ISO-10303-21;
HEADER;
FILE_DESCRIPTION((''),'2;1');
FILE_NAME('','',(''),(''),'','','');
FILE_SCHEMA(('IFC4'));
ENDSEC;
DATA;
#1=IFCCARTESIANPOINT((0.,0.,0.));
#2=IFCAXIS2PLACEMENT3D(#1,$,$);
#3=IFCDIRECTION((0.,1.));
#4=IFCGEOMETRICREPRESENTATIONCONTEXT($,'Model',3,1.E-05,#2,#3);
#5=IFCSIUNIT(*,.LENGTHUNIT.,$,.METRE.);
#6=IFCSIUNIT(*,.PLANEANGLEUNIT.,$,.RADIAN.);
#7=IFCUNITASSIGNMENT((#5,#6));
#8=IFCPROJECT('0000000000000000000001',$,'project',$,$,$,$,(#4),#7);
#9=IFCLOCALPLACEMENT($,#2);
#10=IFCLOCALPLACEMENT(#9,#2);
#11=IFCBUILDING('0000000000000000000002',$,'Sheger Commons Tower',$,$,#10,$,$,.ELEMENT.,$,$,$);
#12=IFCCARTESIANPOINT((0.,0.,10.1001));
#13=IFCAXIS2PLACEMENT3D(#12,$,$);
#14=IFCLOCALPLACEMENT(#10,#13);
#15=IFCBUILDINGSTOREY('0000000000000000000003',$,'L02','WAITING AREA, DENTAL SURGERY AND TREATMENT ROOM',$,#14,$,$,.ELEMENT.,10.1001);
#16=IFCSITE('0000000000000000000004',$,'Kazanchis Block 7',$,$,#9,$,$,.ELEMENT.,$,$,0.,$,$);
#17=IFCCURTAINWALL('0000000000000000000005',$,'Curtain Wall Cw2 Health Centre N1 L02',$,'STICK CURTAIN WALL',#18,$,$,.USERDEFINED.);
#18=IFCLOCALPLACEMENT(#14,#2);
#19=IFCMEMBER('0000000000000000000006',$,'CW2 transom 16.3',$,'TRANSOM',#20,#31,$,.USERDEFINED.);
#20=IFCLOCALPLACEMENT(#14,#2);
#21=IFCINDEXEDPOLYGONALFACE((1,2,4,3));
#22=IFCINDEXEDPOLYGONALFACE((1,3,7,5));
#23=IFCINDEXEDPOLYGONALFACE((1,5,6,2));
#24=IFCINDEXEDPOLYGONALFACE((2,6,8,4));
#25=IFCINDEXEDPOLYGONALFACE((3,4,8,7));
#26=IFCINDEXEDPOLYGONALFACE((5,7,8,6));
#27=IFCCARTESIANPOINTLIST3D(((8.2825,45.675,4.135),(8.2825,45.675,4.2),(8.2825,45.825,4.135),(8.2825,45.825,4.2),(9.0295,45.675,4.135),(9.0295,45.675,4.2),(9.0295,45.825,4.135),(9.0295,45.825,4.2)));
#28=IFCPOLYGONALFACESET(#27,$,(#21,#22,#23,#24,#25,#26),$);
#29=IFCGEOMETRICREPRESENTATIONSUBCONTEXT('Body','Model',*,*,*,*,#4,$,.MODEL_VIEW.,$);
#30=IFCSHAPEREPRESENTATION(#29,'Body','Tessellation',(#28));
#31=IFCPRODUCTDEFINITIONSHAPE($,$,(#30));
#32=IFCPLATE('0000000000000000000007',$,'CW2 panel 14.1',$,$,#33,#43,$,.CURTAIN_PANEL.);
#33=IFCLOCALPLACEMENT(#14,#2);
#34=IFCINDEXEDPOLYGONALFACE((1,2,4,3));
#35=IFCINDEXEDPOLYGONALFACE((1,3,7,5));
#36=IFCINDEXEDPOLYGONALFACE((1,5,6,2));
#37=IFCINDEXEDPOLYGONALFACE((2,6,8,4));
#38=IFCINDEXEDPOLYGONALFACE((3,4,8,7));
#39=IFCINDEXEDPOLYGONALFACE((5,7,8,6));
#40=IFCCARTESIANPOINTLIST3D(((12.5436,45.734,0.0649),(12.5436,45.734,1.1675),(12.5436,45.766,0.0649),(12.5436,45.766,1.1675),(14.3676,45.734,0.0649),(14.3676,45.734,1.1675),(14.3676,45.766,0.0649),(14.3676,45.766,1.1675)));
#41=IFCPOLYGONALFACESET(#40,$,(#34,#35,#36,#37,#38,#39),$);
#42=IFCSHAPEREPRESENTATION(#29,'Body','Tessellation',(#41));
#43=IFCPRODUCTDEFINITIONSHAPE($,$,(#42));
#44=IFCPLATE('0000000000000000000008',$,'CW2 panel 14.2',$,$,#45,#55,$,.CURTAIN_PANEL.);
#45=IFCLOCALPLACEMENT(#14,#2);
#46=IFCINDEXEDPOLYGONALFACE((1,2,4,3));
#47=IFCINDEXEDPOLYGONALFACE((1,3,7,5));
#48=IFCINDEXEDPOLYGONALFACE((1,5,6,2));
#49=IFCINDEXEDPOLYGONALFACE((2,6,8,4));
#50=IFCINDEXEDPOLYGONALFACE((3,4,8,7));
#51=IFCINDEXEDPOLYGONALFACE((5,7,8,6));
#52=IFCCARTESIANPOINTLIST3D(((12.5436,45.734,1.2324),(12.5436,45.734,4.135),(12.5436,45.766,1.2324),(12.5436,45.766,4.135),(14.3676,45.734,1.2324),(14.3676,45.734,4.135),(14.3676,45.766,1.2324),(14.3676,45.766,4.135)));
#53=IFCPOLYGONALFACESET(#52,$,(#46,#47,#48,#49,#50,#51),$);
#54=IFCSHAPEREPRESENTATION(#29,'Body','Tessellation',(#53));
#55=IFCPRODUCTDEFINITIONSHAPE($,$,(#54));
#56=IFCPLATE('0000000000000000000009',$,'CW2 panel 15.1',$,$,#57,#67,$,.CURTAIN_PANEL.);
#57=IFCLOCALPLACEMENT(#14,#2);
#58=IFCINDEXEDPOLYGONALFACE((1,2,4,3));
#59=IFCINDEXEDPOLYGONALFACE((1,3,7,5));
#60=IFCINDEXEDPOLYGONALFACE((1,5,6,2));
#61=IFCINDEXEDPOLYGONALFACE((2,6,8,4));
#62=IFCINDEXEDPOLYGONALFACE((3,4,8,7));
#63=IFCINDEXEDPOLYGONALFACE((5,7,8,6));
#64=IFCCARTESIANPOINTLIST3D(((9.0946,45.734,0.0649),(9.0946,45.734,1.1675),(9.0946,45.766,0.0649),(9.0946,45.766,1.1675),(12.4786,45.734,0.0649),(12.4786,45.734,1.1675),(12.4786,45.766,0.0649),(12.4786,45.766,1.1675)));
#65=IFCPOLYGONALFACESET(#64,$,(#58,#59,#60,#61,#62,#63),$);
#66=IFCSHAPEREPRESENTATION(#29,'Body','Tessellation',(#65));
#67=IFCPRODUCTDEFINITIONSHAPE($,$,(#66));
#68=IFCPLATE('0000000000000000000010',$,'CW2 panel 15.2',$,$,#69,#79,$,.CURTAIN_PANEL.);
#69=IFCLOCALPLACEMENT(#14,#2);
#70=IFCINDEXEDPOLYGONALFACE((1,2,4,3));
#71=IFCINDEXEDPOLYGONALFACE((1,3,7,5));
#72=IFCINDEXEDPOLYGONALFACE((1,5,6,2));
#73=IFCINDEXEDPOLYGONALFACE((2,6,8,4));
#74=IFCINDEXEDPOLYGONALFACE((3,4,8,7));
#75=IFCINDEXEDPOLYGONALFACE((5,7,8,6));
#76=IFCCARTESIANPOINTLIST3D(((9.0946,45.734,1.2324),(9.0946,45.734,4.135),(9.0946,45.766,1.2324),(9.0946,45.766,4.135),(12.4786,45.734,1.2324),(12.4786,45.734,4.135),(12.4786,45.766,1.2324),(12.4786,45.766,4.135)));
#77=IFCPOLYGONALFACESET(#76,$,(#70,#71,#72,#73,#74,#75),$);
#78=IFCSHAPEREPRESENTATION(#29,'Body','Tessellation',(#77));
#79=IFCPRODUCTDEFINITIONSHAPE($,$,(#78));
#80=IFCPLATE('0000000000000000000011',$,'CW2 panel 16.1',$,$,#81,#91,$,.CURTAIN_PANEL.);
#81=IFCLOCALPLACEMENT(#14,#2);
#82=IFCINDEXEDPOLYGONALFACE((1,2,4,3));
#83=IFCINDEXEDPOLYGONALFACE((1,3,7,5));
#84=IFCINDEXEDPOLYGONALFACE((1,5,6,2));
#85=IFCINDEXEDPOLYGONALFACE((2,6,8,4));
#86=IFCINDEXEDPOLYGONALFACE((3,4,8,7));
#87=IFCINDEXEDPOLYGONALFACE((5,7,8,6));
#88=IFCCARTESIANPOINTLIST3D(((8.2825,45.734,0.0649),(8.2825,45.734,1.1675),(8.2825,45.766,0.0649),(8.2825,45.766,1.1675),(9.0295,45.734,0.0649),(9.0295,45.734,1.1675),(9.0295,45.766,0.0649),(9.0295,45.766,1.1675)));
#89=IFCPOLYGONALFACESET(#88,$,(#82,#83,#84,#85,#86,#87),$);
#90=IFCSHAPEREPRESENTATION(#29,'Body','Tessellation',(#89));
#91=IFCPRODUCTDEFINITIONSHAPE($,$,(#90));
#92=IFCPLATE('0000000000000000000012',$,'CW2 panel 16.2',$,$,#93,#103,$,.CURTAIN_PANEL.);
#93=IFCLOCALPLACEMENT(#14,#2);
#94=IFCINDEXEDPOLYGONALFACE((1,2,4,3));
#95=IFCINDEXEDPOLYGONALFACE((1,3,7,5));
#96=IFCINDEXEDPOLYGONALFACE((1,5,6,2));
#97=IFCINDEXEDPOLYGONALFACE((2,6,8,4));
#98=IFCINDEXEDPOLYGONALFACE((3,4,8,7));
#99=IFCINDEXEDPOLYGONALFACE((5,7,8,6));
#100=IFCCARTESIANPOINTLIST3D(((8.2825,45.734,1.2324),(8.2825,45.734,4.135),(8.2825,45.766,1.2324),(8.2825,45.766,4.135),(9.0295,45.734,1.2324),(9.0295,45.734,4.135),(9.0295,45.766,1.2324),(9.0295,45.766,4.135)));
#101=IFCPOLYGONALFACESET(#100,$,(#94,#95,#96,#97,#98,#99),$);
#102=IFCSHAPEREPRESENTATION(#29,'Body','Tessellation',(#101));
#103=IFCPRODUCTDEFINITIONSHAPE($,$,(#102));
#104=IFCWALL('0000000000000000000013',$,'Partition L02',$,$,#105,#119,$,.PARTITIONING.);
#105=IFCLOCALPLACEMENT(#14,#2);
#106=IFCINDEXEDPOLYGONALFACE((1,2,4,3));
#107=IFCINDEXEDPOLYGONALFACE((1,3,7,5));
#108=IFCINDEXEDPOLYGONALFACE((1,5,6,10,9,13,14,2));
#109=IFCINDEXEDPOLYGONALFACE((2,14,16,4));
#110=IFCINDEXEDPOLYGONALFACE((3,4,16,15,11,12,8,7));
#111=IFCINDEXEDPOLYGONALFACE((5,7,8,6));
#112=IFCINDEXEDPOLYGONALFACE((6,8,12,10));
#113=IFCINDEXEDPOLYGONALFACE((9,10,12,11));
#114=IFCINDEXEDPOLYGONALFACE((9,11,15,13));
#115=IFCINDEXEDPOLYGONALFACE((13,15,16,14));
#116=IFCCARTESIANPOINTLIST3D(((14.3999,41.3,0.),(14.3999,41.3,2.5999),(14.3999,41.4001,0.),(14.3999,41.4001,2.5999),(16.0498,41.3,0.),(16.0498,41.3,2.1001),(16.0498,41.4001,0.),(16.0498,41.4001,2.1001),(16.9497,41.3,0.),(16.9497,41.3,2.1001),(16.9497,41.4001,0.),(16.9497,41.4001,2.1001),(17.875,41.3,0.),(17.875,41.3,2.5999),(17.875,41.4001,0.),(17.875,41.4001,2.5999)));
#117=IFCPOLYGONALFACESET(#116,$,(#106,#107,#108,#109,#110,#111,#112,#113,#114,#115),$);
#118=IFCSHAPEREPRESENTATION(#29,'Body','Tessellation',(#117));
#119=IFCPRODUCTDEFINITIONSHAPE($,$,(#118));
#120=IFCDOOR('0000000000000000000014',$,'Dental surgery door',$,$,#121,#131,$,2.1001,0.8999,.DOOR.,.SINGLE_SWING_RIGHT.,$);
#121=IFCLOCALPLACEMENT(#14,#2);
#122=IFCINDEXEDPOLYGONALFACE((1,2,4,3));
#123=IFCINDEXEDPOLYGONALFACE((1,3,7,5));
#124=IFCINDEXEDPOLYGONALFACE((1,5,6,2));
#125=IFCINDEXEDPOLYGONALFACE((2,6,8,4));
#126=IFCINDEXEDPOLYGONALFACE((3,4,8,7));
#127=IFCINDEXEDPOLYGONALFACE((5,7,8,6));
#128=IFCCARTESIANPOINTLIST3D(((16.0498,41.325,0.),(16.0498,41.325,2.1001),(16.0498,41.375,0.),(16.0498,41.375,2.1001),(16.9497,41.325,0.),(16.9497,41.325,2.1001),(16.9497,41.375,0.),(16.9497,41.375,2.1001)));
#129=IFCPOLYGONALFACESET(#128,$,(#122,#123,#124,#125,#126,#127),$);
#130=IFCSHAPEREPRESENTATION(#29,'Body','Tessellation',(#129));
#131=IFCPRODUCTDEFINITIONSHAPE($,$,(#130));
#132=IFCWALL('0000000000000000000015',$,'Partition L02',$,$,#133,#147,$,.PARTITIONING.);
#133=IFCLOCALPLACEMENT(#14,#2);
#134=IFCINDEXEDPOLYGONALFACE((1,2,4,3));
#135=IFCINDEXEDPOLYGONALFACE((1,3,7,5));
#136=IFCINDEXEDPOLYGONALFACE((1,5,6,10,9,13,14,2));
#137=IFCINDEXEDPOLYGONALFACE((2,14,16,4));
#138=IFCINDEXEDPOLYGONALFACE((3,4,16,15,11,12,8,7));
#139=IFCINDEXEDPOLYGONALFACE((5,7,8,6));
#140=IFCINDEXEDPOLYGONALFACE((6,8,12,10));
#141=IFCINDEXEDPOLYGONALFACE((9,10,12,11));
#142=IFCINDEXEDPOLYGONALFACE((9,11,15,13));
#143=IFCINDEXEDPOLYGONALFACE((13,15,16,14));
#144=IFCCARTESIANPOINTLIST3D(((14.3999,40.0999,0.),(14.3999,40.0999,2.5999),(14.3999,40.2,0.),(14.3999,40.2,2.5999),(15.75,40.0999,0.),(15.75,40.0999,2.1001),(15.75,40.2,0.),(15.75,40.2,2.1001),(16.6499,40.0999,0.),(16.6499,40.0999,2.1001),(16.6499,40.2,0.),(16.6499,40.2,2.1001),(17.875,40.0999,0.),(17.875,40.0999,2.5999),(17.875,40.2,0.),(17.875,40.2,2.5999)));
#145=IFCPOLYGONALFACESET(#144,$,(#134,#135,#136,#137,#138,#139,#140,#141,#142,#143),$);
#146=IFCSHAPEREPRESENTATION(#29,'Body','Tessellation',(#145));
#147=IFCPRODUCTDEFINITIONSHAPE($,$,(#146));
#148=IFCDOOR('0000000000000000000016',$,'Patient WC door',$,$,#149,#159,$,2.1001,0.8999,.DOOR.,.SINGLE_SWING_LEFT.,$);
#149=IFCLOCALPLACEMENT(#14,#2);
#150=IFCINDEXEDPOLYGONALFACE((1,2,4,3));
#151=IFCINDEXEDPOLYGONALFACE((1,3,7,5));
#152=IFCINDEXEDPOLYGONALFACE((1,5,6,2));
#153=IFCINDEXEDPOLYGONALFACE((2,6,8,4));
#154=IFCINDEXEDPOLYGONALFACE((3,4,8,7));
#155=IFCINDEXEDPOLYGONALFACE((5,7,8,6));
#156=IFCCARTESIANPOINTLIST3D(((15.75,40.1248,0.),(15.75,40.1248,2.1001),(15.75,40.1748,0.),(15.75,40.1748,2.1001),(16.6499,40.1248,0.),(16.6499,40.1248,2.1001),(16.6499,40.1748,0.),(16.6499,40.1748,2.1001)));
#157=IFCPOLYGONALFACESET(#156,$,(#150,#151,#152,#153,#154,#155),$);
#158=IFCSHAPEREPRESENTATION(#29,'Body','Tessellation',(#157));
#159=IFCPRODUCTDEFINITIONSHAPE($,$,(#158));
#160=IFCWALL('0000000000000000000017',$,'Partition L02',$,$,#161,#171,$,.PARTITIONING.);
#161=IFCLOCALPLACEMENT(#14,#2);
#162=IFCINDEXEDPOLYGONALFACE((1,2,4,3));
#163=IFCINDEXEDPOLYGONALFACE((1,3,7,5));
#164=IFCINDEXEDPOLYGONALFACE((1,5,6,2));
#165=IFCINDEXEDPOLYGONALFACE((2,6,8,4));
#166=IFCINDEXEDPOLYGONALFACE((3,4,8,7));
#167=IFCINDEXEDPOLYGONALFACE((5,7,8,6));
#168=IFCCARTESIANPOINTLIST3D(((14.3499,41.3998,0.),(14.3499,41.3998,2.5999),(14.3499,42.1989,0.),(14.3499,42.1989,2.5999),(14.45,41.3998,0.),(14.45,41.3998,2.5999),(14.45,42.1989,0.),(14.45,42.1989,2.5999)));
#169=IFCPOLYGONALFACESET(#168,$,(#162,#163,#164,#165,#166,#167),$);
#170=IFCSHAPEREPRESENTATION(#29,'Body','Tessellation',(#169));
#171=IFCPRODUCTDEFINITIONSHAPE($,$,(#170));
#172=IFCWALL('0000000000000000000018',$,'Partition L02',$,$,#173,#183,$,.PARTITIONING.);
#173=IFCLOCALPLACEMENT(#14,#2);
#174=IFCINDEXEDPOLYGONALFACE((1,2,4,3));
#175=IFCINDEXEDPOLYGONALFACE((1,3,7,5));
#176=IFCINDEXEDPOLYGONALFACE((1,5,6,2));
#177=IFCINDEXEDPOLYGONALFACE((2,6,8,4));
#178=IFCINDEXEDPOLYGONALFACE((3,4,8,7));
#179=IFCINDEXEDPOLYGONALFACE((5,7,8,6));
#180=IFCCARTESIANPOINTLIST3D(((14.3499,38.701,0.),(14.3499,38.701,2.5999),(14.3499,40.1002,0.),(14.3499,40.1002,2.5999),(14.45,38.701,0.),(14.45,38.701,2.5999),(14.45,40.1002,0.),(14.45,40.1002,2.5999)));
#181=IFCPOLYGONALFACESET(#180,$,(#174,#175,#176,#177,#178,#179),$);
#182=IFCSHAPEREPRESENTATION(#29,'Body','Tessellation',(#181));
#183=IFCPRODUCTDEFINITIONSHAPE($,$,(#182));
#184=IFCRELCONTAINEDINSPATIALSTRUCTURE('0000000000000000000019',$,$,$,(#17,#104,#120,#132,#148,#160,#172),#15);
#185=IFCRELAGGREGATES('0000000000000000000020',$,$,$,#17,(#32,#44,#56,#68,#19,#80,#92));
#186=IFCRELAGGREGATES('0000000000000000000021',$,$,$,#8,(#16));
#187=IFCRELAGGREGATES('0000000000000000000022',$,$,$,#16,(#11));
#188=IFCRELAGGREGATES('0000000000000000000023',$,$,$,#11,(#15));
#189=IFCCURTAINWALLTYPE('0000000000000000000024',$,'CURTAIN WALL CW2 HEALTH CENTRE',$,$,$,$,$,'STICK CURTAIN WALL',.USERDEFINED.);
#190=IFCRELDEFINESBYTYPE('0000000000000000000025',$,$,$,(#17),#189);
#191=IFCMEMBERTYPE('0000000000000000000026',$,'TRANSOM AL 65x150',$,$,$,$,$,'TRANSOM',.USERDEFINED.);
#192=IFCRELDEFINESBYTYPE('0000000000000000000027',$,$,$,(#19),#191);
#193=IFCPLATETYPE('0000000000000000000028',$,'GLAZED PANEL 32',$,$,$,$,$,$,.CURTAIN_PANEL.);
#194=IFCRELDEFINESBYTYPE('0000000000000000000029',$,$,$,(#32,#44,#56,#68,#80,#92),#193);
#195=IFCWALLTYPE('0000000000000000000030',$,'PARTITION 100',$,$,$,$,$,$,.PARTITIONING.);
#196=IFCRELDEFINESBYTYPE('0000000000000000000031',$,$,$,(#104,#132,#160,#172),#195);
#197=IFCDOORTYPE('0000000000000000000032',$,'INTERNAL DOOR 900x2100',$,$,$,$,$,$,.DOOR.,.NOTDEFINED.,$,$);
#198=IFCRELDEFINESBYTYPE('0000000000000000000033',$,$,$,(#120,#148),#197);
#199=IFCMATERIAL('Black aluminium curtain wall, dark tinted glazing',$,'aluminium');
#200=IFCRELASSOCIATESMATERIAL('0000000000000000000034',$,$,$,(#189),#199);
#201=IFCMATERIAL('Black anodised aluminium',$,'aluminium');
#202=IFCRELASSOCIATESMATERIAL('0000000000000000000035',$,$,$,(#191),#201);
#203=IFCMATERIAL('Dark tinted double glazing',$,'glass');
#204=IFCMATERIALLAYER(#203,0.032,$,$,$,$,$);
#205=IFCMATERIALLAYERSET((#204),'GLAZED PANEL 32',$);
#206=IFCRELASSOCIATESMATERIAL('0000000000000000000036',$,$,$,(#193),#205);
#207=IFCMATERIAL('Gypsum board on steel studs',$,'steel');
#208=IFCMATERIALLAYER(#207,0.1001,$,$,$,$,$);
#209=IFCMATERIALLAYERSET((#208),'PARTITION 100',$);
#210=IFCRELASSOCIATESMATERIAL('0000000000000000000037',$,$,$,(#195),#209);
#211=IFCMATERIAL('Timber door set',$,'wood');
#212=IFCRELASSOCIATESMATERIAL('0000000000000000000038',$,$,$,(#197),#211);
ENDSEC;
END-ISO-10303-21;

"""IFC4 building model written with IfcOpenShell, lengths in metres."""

from ifc_helpers import new_model, si_unit, direction, frame, frame_2d, origin, origin_2d, place, context, subcontext, project, spatial, rectangle, extrude, material, layer, layer_set, material_profile, profile_set, type_object, element, fill, aggregate, save


model = new_model("IFC4")

# Units and contexts
model_context = context("Model", 3, precision=1e-05, world=origin(), true_north=direction((0.0, 1.0)))
body_context = subcontext(model_context, "Body", "Model", "MODEL_VIEW")
ifc_project = project(units=[si_unit("LENGTHUNIT", "METRE"), si_unit("PLANEANGLEUNIT", "RADIAN")], contexts=[model_context])

# Site, building, storey
site_placement = place(None, origin())
site = spatial("IfcSite", under=ifc_project, at=site_placement, Name="Kazanchis Block 7", CompositionType="ELEMENT", RefElevation=0.0)
building_placement = place(site_placement, origin())
building = spatial("IfcBuilding", under=site, at=building_placement, Name="Sheger Commons Tower", CompositionType="ELEMENT")
storey_placement = place(building_placement, frame((0.0, 0.0, 10.1001)))
storey = spatial("IfcBuildingStorey", under=building, at=storey_placement, Name="L02", Description="WAITING AREA, DENTAL SURGERY AND TREATMENT ROOM", CompositionType="ELEMENT", Elevation=10.1001)

# Curtain wall, member, plates
ifc_material_1 = material(Name="Black aluminium curtain wall, dark tinted glazing", Category="aluminium")
curtain_wall_type = type_object("IfcCurtainWallType", Name="CURTAIN WALL CW2 HEALTH CENTRE", ElementType="STICK CURTAIN WALL", PredefinedType="USERDEFINED", material=ifc_material_1)
curtain_wall_placement = place(storey_placement, origin())
curtain_wall = element("IfcCurtainWall", 1, at=curtain_wall_placement, inside=storey, type_object=curtain_wall_type, Name="Curtain Wall Cw2 Health Centre N1 L02", ObjectType="STICK CURTAIN WALL", PredefinedType="USERDEFINED")
ifc_material_2 = material(Name="Black anodised aluminium", Category="aluminium")
ifc_material_profile_1 = material_profile(ifc_material_2, rectangle(XDim=0.1499, YDim=0.0649, at=origin_2d()), Name="AL 65x150")
ifc_profile_set_1 = profile_set([ifc_material_profile_1], Name="Black anodised aluminium")
member_type_1 = type_object("IfcMemberType", Name="TRANSOM AL 65x150", ElementType="TRANSOM", PredefinedType="USERDEFINED", material=ifc_profile_set_1)
member_1_placement = place(storey_placement, frame((9.0295, 45.75, 4.1675), z_axis=(-1.0, 0.0, 0.0), x_axis=(0.0, -1.0, 0.0)))
member_1 = element("IfcMember", 2, at=member_1_placement, type_object=member_type_1, Name="CW2 transom 16.3", ObjectType="TRANSOM", PredefinedType="USERDEFINED", context=body_context, shape_type="SweptSolid", body=[
    extrude(rectangle(XDim=0.1499, YDim=0.0649, at=origin_2d()), origin(), (0.0, 0.0, 1.0), 0.7471),
])
ifc_material_3 = material(Name="Dark tinted double glazing", Category="glass")
ifc_layer_1 = layer(ifc_material_3, 0.032)
ifc_layer_set_1 = layer_set([ifc_layer_1], Name="GLAZED PANEL 32")
plate_type = type_object("IfcPlateType", Name="GLAZED PANEL 32", PredefinedType="CURTAIN_PANEL", material=ifc_layer_set_1)
plate_1_placement = place(storey_placement, frame((13.4556, 45.75, 0.0649), z_axis=(0.0, 0.0, 1.0), x_axis=(-1.0, 0.0, 0.0)))
plate_1 = element("IfcPlate", 3, at=plate_1_placement, type_object=plate_type, Name="CW2 panel 14.1", PredefinedType="CURTAIN_PANEL", context=body_context, shape_type="SweptSolid", body=[
    extrude(rectangle(XDim=1.824, YDim=0.032, at=origin_2d()), origin(), (0.0, 0.0, 1.0), 1.1025),
])
plate_2_placement = place(storey_placement, frame((13.4556, 45.75, 1.2324), z_axis=(0.0, 0.0, 1.0), x_axis=(-1.0, 0.0, 0.0)))
plate_2 = element("IfcPlate", 4, at=plate_2_placement, type_object=plate_type, Name="CW2 panel 14.2", PredefinedType="CURTAIN_PANEL", context=body_context, shape_type="SweptSolid", body=[
    extrude(rectangle(XDim=1.824, YDim=0.032, at=origin_2d()), origin(), (0.0, 0.0, 1.0), 2.9026),
])
plate_3_placement = place(storey_placement, frame((10.7866, 45.75, 0.0649), z_axis=(0.0, 0.0, 1.0), x_axis=(-1.0, 0.0, 0.0)))
plate_3 = element("IfcPlate", 5, at=plate_3_placement, type_object=plate_type, Name="CW2 panel 15.1", PredefinedType="CURTAIN_PANEL", context=body_context, shape_type="SweptSolid", body=[
    extrude(rectangle(XDim=3.384, YDim=0.032, at=origin_2d()), origin(), (0.0, 0.0, 1.0), 1.1025),
])
plate_4_placement = place(storey_placement, frame((10.7866, 45.75, 1.2324), z_axis=(0.0, 0.0, 1.0), x_axis=(-1.0, 0.0, 0.0)))
plate_4 = element("IfcPlate", 6, at=plate_4_placement, type_object=plate_type, Name="CW2 panel 15.2", PredefinedType="CURTAIN_PANEL", context=body_context, shape_type="SweptSolid", body=[
    extrude(rectangle(XDim=3.384, YDim=0.032, at=origin_2d()), origin(), (0.0, 0.0, 1.0), 2.9026),
])
plate_5_placement = place(storey_placement, frame((8.656, 45.75, 0.0649), z_axis=(0.0, 0.0, 1.0), x_axis=(-1.0, 0.0, 0.0)))
plate_5 = element("IfcPlate", 7, at=plate_5_placement, type_object=plate_type, Name="CW2 panel 16.1", PredefinedType="CURTAIN_PANEL", context=body_context, shape_type="SweptSolid", body=[
    extrude(rectangle(XDim=0.7471, YDim=0.032, at=origin_2d()), origin(), (0.0, 0.0, 1.0), 1.1025),
])
plate_6_placement = place(storey_placement, frame((8.656, 45.75, 1.2324), z_axis=(0.0, 0.0, 1.0), x_axis=(-1.0, 0.0, 0.0)))
plate_6 = element("IfcPlate", 8, at=plate_6_placement, type_object=plate_type, Name="CW2 panel 16.2", PredefinedType="CURTAIN_PANEL", context=body_context, shape_type="SweptSolid", body=[
    extrude(rectangle(XDim=0.7471, YDim=0.032, at=origin_2d()), origin(), (0.0, 0.0, 1.0), 2.9026),
])
aggregate(curtain_wall, [plate_1, plate_2, plate_3, plate_4, member_1, plate_5, plate_6])

# Walls, openings, doors
ifc_material_4 = material(Name="Gypsum board on steel studs", Category="steel")
ifc_layer_2 = layer(ifc_material_4, 0.1001)
ifc_layer_set_2 = layer_set([ifc_layer_2], Name="PARTITION 100")
wall_type = type_object("IfcWallType", Name="PARTITION 100", PredefinedType="PARTITIONING", material=ifc_layer_set_2)
wall_1_placement = place(storey_placement, frame((14.3999, 41.3501, 0.0), z_axis=(0.0, 0.0, 1.0), x_axis=(1.0, 0.0, 0.0)))
wall_1 = element("IfcWall", 9, at=wall_1_placement, inside=storey, type_object=wall_type, Name="Partition L02", PredefinedType="PARTITIONING", context=body_context, shape_type="SweptSolid", body=[
    extrude(rectangle(XDim=3.4751, YDim=0.1001, at=frame_2d((1.7375, 0.0))), origin(), (0.0, 0.0, 1.0), 2.5999),
])
opening_1_placement = place(wall_1_placement, frame((1.6499, 0.0, 0.0)))
opening_1 = element("IfcOpeningElement", 10, at=opening_1_placement, cuts=wall_1, PredefinedType="OPENING", context=body_context, shape_type="SweptSolid", body=[
    extrude(rectangle(XDim=0.8999, YDim=2.1001, at=frame_2d((0.45, 1.05))), frame((0.0, 0.0601, 0.0), z_axis=(0.0, -1.0, 0.0), x_axis=(1.0, 0.0, 0.0)), (0.0, 0.0, 1.0), 0.1201),
])
ifc_material_5 = material(Name="Timber door set", Category="wood")
door_type = type_object("IfcDoorType", Name="INTERNAL DOOR 900x2100", OperationType="NOTDEFINED", PredefinedType="DOOR", material=ifc_material_5)
door_1_placement = place(opening_1_placement, origin())
door_1 = element("IfcDoor", 11, at=door_1_placement, inside=storey, type_object=door_type, Name="Dental surgery door", OperationType="SINGLE_SWING_RIGHT", OverallHeight=2.1001, OverallWidth=0.8999, PredefinedType="DOOR", context=body_context, shape_type="SweptSolid", body=[
    extrude(rectangle(XDim=0.8999, YDim=2.1001, at=frame_2d((0.45, 1.05))), frame((0.0, 0.0249, 0.0), z_axis=(0.0, -1.0, 0.0), x_axis=(1.0, 0.0, 0.0)), (0.0, 0.0, 1.0), 0.05),
])
fill(opening_1, door_1)
wall_2_placement = place(storey_placement, frame((14.3999, 40.1499, 0.0), z_axis=(0.0, 0.0, 1.0), x_axis=(1.0, 0.0, 0.0)))
wall_2 = element("IfcWall", 12, at=wall_2_placement, inside=storey, type_object=wall_type, Name="Partition L02", PredefinedType="PARTITIONING", context=body_context, shape_type="SweptSolid", body=[
    extrude(rectangle(XDim=3.4751, YDim=0.1001, at=frame_2d((1.7375, 0.0))), origin(), (0.0, 0.0, 1.0), 2.5999),
])
opening_2_placement = place(wall_2_placement, frame((1.3501, 0.0, 0.0)))
opening_2 = element("IfcOpeningElement", 13, at=opening_2_placement, cuts=wall_2, PredefinedType="OPENING", context=body_context, shape_type="SweptSolid", body=[
    extrude(rectangle(XDim=0.8999, YDim=2.1001, at=frame_2d((0.45, 1.05))), frame((0.0, 0.0601, 0.0), z_axis=(0.0, -1.0, 0.0), x_axis=(1.0, 0.0, 0.0)), (0.0, 0.0, 1.0), 0.1201),
])
door_2_placement = place(opening_2_placement, origin())
door_2 = element("IfcDoor", 14, at=door_2_placement, inside=storey, type_object=door_type, Name="Patient WC door", OperationType="SINGLE_SWING_LEFT", OverallHeight=2.1001, OverallWidth=0.8999, PredefinedType="DOOR", context=body_context, shape_type="SweptSolid", body=[
    extrude(rectangle(XDim=0.8999, YDim=2.1001, at=frame_2d((0.45, 1.05))), frame((0.0, 0.0249, 0.0), z_axis=(0.0, -1.0, 0.0), x_axis=(1.0, 0.0, 0.0)), (0.0, 0.0, 1.0), 0.05),
])
fill(opening_2, door_2)

# Walls
wall_3_placement = place(storey_placement, frame((14.3999, 41.3999, 0.0), z_axis=(0.0, 0.0, 1.0), x_axis=(0.0, 1.0, 0.0)))
element("IfcWall", 15, at=wall_3_placement, inside=storey, type_object=wall_type, Name="Partition L02", PredefinedType="PARTITIONING", context=body_context, shape_type="SweptSolid", body=[
    extrude(rectangle(XDim=0.7991, YDim=0.1001, at=frame_2d((0.3994, 0.0))), origin(), (0.0, 0.0, 1.0), 2.5999),
])
wall_4_placement = place(storey_placement, frame((14.3999, 38.7009, 0.0), z_axis=(0.0, 0.0, 1.0), x_axis=(0.0, 1.0, 0.0)))
element("IfcWall", 16, at=wall_4_placement, inside=storey, type_object=wall_type, Name="Partition L02", PredefinedType="PARTITIONING", context=body_context, shape_type="SweptSolid", body=[
    extrude(rectangle(XDim=1.3992, YDim=0.1001, at=frame_2d((0.6997, 0.0))), origin(), (0.0, 0.0, 1.0), 2.5999),
])

save(model, "model.ifc")
